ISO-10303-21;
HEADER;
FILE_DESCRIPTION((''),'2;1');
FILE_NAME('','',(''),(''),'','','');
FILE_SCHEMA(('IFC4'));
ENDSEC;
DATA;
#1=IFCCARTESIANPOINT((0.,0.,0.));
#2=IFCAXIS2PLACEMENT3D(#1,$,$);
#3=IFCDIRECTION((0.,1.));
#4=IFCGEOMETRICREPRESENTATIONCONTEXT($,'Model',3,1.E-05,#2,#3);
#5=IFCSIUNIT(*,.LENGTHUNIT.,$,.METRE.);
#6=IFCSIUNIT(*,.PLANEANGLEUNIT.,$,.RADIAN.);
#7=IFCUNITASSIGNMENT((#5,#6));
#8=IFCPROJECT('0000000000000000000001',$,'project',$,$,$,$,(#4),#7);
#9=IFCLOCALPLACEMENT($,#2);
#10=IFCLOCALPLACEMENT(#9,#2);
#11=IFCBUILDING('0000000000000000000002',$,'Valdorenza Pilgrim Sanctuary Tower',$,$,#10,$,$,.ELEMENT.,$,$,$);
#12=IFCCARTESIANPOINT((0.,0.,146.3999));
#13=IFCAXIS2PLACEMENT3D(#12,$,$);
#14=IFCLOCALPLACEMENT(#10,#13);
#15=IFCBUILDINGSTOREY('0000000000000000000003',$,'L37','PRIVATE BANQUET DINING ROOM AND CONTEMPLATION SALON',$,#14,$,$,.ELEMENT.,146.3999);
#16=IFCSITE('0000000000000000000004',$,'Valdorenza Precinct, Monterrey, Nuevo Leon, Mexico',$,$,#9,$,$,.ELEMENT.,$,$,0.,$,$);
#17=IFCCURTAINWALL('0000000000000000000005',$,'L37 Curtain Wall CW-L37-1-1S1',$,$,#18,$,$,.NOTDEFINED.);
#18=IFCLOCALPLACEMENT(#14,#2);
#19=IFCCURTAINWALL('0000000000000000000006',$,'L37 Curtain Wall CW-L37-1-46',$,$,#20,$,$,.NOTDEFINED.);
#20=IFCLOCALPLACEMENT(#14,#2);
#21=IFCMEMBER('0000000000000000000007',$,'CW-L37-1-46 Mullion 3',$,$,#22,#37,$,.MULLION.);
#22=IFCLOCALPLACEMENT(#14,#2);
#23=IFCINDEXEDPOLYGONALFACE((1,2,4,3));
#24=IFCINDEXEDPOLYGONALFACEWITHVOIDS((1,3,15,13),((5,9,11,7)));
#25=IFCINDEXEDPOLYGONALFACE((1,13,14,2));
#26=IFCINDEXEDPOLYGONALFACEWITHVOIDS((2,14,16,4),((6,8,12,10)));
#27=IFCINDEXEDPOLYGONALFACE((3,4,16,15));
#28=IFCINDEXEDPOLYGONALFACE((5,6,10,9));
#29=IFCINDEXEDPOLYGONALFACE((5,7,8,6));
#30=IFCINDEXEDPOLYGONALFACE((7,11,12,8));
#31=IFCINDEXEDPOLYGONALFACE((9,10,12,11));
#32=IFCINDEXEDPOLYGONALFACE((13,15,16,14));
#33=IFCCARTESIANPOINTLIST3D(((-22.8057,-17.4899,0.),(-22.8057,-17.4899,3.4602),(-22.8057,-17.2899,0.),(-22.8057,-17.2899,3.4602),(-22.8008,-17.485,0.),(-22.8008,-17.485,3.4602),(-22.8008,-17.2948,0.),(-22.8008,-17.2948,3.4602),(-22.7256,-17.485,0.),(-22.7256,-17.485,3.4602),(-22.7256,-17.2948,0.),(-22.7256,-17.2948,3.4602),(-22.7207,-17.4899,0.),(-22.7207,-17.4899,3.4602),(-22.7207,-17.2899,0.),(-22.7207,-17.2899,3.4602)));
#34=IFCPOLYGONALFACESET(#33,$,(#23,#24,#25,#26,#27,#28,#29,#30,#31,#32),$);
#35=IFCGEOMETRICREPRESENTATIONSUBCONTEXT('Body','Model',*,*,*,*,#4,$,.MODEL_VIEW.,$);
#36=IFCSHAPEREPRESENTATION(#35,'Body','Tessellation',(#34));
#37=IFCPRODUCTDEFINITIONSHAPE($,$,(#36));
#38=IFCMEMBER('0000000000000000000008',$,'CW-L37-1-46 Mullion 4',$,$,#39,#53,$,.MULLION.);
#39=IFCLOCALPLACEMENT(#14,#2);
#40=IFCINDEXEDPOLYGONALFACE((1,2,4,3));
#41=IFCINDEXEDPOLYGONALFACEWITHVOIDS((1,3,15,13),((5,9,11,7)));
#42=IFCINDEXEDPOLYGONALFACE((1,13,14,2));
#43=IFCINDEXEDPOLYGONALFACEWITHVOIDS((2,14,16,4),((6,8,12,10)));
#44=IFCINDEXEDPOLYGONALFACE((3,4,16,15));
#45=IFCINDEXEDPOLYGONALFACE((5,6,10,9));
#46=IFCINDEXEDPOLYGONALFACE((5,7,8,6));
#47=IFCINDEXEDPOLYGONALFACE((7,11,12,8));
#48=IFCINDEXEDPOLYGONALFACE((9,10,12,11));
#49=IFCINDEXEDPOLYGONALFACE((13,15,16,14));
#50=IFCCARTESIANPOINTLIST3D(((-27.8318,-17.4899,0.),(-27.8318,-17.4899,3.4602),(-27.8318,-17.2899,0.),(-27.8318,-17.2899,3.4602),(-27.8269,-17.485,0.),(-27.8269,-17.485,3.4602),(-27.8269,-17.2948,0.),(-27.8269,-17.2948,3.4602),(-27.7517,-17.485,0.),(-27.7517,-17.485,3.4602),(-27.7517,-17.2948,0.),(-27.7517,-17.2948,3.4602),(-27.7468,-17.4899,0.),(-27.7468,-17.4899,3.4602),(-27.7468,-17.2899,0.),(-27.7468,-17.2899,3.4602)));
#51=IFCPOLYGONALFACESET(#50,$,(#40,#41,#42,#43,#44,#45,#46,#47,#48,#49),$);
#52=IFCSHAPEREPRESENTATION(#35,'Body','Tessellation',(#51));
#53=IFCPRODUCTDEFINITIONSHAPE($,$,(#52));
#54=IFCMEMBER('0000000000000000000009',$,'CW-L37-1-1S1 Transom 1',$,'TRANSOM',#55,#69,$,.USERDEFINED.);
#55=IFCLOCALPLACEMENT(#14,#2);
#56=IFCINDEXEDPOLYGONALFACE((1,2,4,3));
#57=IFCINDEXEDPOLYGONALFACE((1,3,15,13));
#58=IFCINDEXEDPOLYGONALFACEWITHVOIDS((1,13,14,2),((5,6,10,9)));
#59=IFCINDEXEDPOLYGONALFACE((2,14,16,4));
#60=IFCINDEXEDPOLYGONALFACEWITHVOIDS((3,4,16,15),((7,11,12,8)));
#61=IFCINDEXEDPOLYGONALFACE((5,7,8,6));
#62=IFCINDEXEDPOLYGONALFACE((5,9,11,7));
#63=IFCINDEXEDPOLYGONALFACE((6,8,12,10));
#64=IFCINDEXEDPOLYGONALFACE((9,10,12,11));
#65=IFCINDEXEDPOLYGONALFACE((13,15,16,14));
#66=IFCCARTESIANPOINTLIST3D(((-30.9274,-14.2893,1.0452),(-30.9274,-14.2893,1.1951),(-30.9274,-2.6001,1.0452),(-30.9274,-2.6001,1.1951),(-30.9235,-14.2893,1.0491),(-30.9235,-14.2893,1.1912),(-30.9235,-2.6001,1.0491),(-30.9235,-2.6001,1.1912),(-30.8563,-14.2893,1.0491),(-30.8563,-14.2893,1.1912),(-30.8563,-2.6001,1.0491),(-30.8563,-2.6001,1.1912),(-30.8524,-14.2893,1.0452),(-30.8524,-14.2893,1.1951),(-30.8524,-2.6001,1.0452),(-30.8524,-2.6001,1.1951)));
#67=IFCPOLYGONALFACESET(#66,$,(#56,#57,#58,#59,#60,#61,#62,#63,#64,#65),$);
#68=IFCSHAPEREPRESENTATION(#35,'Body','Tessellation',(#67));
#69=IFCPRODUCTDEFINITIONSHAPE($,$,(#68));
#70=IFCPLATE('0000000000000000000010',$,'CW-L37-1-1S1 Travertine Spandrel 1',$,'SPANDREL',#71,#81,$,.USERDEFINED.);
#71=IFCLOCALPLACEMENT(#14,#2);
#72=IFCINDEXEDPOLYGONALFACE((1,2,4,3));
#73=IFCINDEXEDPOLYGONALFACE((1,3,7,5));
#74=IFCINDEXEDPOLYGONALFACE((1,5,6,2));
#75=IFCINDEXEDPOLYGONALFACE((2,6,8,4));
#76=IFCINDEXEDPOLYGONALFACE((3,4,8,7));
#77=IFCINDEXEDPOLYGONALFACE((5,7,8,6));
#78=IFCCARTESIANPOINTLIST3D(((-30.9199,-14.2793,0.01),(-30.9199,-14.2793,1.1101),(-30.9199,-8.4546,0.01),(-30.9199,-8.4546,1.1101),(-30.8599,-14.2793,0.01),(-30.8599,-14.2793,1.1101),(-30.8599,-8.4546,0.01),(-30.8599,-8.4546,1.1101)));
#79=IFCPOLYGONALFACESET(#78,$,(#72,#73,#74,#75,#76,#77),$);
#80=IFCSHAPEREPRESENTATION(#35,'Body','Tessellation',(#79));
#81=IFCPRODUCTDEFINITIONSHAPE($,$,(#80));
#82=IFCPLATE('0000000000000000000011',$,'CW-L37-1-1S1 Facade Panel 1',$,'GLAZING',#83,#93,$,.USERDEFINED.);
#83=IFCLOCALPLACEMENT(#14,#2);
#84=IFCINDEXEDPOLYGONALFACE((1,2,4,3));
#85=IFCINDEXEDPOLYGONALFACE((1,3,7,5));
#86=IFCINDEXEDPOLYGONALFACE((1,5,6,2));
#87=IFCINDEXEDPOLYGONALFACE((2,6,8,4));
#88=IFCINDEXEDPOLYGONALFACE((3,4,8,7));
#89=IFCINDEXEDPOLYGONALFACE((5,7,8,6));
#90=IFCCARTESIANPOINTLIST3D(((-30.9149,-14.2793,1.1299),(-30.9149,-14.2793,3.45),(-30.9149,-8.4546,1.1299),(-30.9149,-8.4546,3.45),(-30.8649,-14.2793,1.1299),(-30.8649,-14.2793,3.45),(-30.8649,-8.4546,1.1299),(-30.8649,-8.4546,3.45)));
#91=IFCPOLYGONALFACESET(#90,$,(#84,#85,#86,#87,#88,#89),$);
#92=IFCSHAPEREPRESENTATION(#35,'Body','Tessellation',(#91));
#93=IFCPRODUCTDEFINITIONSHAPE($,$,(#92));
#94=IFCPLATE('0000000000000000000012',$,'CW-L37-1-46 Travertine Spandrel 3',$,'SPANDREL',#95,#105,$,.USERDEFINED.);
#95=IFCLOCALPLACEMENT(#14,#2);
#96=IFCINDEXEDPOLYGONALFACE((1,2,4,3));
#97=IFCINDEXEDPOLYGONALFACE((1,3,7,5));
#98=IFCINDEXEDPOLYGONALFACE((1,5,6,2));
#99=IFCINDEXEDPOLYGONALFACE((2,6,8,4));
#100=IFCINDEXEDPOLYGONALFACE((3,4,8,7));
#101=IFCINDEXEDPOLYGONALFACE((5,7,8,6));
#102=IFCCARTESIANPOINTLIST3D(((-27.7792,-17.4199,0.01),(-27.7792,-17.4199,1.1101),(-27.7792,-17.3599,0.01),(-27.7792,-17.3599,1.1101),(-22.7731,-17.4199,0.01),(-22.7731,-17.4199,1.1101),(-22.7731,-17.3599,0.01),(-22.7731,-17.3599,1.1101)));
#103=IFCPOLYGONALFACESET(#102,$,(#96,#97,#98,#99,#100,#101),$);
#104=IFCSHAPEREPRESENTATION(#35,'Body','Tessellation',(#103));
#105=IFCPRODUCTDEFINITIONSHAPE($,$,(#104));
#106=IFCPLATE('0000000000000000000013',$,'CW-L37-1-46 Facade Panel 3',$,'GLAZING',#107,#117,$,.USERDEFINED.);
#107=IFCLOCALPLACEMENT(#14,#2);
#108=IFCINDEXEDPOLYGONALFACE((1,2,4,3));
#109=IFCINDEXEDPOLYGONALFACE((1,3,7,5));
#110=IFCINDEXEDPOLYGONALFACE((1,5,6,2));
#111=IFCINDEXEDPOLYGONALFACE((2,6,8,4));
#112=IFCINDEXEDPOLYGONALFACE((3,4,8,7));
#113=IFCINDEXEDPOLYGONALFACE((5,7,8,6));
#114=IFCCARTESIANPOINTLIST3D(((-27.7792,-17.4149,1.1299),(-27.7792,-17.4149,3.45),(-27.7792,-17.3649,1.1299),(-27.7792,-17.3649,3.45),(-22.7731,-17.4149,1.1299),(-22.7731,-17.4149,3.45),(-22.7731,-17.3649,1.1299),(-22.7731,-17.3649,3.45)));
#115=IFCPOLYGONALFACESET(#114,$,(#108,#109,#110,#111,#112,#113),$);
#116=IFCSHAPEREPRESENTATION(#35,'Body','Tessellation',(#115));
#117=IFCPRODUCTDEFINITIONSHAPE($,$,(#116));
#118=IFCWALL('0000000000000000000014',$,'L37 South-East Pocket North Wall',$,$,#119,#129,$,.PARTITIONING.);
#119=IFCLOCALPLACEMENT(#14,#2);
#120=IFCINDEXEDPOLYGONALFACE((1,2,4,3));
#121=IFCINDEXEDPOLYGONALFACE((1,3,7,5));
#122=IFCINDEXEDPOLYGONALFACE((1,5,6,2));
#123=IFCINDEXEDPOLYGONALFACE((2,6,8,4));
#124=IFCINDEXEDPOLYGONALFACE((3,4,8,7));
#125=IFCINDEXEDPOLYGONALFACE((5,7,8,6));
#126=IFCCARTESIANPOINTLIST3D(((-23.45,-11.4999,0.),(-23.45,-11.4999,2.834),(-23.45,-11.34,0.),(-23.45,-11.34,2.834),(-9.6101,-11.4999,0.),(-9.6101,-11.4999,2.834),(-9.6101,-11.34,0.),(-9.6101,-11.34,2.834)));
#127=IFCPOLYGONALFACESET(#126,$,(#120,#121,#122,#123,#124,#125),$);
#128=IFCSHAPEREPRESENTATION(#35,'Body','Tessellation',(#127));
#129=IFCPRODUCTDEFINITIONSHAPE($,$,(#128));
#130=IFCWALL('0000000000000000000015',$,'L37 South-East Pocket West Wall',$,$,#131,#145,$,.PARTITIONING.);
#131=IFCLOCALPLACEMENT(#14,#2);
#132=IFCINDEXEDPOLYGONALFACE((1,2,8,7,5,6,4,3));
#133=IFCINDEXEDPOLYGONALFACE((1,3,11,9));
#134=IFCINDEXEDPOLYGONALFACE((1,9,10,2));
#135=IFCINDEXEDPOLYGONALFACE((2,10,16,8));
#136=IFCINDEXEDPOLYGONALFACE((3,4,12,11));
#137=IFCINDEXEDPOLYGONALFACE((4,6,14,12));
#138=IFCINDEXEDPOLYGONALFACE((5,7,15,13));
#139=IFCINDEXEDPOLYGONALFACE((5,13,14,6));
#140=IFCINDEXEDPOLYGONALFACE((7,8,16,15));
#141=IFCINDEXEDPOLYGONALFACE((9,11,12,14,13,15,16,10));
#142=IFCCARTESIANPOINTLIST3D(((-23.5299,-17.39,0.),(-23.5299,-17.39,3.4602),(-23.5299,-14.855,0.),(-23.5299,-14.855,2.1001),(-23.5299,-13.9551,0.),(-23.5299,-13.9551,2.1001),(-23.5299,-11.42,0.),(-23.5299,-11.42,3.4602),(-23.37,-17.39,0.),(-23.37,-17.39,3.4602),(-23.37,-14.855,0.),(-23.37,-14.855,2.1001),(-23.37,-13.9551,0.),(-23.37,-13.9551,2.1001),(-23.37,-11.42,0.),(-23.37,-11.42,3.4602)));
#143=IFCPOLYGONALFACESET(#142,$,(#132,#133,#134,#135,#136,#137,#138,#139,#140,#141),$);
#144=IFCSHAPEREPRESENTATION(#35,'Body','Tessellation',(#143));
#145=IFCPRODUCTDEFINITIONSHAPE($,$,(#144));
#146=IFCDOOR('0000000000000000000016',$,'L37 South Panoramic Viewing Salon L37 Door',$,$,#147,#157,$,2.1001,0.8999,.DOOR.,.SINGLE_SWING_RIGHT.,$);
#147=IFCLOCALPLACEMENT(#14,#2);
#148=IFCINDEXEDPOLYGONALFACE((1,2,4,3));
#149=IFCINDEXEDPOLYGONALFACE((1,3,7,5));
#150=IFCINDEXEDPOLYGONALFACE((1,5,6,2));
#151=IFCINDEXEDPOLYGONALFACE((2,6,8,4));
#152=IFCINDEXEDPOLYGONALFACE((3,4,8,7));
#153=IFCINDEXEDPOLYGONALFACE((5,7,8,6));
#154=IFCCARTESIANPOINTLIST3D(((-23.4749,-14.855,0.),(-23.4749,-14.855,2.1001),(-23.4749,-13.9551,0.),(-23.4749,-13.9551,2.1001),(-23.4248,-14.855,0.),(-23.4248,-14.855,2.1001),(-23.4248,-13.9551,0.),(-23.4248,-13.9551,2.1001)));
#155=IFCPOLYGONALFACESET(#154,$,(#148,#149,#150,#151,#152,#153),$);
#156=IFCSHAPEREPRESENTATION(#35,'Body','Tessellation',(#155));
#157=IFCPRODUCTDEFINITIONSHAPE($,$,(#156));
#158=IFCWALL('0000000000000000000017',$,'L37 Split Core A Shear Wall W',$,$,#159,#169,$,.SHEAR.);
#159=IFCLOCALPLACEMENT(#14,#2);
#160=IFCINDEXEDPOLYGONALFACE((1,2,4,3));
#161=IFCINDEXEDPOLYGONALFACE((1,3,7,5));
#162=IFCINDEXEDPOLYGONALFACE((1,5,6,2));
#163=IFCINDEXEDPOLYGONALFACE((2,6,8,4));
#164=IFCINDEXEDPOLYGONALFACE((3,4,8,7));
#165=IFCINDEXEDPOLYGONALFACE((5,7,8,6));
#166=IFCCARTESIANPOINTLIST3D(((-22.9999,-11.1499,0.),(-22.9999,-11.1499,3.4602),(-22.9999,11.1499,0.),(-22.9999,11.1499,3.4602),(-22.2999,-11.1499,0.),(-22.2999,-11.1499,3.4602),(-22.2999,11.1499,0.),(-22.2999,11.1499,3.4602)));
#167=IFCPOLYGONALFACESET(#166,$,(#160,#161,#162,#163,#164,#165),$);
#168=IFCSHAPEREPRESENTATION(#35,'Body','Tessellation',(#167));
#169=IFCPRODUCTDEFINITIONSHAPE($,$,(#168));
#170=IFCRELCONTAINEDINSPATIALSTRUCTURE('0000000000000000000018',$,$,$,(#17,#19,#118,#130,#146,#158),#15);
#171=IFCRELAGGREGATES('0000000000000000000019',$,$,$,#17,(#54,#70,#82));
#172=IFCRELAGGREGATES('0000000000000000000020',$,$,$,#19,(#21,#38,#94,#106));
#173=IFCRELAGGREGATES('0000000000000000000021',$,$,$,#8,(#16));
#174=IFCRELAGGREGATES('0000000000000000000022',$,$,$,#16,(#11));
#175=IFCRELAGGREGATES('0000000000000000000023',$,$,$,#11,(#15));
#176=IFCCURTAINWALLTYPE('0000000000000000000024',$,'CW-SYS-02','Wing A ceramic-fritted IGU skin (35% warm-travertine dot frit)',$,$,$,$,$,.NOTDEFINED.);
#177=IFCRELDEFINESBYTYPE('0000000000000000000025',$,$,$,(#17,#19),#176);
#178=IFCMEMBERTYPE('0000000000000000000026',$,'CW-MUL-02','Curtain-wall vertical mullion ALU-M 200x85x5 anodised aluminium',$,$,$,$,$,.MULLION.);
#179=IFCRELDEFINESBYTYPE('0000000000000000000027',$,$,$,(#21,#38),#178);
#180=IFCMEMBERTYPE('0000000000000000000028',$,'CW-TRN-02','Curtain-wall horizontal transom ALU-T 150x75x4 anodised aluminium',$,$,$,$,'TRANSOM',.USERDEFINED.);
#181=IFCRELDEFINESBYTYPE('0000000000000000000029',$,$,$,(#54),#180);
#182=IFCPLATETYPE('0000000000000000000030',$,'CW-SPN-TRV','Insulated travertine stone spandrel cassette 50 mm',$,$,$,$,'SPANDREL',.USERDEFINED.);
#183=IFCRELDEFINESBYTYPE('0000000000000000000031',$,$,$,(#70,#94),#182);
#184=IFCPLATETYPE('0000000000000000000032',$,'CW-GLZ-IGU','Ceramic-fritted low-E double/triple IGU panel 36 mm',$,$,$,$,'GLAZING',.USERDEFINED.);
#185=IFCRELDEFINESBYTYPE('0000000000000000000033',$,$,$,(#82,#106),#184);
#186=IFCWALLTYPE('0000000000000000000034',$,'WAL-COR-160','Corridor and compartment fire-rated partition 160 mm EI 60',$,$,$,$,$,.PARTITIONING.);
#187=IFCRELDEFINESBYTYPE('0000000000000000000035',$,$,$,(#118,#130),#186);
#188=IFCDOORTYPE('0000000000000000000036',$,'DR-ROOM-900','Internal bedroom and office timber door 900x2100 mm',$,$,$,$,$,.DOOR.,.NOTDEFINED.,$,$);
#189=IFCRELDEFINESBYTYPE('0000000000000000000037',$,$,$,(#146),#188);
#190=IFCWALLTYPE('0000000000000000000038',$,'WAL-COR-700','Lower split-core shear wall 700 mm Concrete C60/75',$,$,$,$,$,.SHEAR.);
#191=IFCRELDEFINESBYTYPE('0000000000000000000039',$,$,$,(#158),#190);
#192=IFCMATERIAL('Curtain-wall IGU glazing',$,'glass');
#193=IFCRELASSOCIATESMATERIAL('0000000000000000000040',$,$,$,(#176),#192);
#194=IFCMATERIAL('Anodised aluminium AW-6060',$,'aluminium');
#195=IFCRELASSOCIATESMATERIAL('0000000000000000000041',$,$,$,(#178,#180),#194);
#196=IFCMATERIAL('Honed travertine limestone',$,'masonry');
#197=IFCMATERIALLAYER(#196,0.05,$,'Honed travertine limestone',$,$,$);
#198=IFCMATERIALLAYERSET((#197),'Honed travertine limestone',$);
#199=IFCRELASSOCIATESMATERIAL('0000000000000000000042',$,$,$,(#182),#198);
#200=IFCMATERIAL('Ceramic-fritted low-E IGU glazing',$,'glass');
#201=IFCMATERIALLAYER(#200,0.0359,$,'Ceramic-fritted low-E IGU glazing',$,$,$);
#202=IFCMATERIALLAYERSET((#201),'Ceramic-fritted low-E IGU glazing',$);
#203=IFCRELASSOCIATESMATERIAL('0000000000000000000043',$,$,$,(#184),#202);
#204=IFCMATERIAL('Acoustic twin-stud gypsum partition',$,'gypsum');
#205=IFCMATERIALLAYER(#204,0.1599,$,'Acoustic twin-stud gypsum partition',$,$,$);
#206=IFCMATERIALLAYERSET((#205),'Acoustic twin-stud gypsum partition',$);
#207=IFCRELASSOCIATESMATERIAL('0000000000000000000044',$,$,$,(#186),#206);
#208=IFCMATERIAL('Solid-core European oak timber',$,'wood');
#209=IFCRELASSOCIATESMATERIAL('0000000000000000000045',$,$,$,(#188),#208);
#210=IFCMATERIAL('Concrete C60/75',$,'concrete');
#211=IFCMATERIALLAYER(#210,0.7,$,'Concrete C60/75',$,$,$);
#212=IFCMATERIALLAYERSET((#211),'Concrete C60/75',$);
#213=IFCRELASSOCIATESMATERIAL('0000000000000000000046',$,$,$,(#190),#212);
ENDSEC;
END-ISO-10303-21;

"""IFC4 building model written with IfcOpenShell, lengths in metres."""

from ifc_helpers import new_model, si_unit, direction, frame, frame_2d, origin, origin_2d, place, context, subcontext, project, spatial, rectangle, hollow_rectangle, extrude, source, transform, mapped, material, layer, layer_set, material_profile, profile_set, type_object, element, fill, aggregate, save


model = new_model("IFC4")

# Units and contexts
model_context = context("Model", 3, precision=1e-05, world=origin(), true_north=direction((0.0, 1.0)))
body_context = subcontext(model_context, "Body", "Model", "MODEL_VIEW")
ifc_project = project(units=[si_unit("LENGTHUNIT", "METRE"), si_unit("PLANEANGLEUNIT", "RADIAN")], contexts=[model_context])

# Site, building, storey
site_placement = place(None, origin())
site = spatial("IfcSite", under=ifc_project, at=site_placement, Name="Valdorenza Precinct, Monterrey, Nuevo Leon, Mexico", CompositionType="ELEMENT", RefElevation=0.0)
building_placement = place(site_placement, origin())
building = spatial("IfcBuilding", under=site, at=building_placement, Name="Valdorenza Pilgrim Sanctuary Tower", CompositionType="ELEMENT")
storey_placement = place(building_placement, frame((0.0, 0.0, 146.3999)))
storey = spatial("IfcBuildingStorey", under=building, at=storey_placement, Name="L37", Description="PRIVATE BANQUET DINING ROOM AND CONTEMPLATION SALON", CompositionType="ELEMENT", Elevation=146.3999)

# Shared definitions
ifc_material_1 = material(Name="Concrete C60/75", Category="concrete")

# Curtain wall
ifc_material_2 = material(Name="Curtain-wall IGU glazing", Category="glass")
curtain_wall_type = type_object("IfcCurtainWallType", Name="CW-SYS-02", Description="Wing A ceramic-fritted IGU skin (35% warm-travertine dot frit)", PredefinedType="NOTDEFINED", material=ifc_material_2)
curtain_wall_1_placement = place(storey_placement, origin())
curtain_wall_1 = element("IfcCurtainWall", 1, at=curtain_wall_1_placement, inside=storey, type_object=curtain_wall_type, Name="L37 Curtain Wall CW-L37-1-1S1", PredefinedType="NOTDEFINED")
ifc_material_3 = material(Name="Anodised aluminium AW-6060", Category="aluminium")
ifc_material_profile_1 = material_profile(ifc_material_3, hollow_rectangle(XDim=0.085, YDim=0.2, WallThickness=0.0049, at=origin_2d()), Name="ALU-M 200x85x5")
ifc_profile_set_1 = profile_set([ifc_material_profile_1], Name="Anodised aluminium AW-6060")
member_type_1 = type_object("IfcMemberType", Name="CW-MUL-02", Description="Curtain-wall vertical mullion ALU-M 200x85x5 anodised aluminium", PredefinedType="MULLION", material=ifc_profile_set_1)
shared_shape_1 = source(origin(), body_context, "Body", "SweptSolid", [
    extrude(hollow_rectangle(XDim=0.085, YDim=0.2, WallThickness=0.0049, at=origin_2d()), origin(), (0.0, 0.0, 1.0), 3.4602),
])

# Curtain wall, members
curtain_wall_2_placement = place(storey_placement, origin())
curtain_wall_2 = element("IfcCurtainWall", 2, at=curtain_wall_2_placement, inside=storey, type_object=curtain_wall_type, Name="L37 Curtain Wall CW-L37-1-46", PredefinedType="NOTDEFINED")
member_1_placement = place(storey_placement, frame((-22.7632, -17.3899, 0.0), z_axis=(0.0, 0.0, 1.0), x_axis=(-1.0, 0.0, 0.0)))
member_1 = element("IfcMember", 3, at=member_1_placement, type_object=member_type_1, Name="CW-L37-1-46 Mullion 3", PredefinedType="MULLION", context=body_context, shape_type="MappedRepresentation", body=[
    mapped(shared_shape_1, transform((0.0, 0.0, 0.0), x_axis=(1.0, 0.0, 0.0), y_axis=(0.0, 1.0, 0.0), z_axis=(0.0, 0.0, 1.0), scale=1.0)),
])
member_2_placement = place(storey_placement, frame((-27.7893, -17.3899, 0.0), z_axis=(0.0, 0.0, 1.0), x_axis=(-1.0, 0.0, 0.0)))
member_2 = element("IfcMember", 4, at=member_2_placement, type_object=member_type_1, Name="CW-L37-1-46 Mullion 4", PredefinedType="MULLION", context=body_context, shape_type="MappedRepresentation", body=[
    mapped(shared_shape_1, transform((0.0, 0.0, 0.0), x_axis=(1.0, 0.0, 0.0), y_axis=(0.0, 1.0, 0.0), z_axis=(0.0, 0.0, 1.0), scale=1.0)),
])

# Member
ifc_material_profile_2 = material_profile(ifc_material_3, hollow_rectangle(XDim=0.075, YDim=0.1499, WallThickness=0.0039, at=origin_2d()), Name="ALU-T 150x75x4")
ifc_profile_set_2 = profile_set([ifc_material_profile_2], Name="Anodised aluminium AW-6060")
member_type_2 = type_object("IfcMemberType", Name="CW-TRN-02", Description="Curtain-wall horizontal transom ALU-T 150x75x4 anodised aluminium", ElementType="TRANSOM", PredefinedType="USERDEFINED", material=ifc_profile_set_2)
shared_shape_2 = source(origin(), body_context, "Body", "SweptSolid", [
    extrude(hollow_rectangle(XDim=0.075, YDim=0.1499, WallThickness=0.0039, at=origin_2d()), origin(), (0.0, 0.0, 1.0), 11.6892),
])
member_3_placement = place(storey_placement, frame((-30.8899, -14.2893, 1.1201), z_axis=(0.0, 1.0, 0.0), x_axis=(-1.0, 0.0, 0.0)))
member_3 = element("IfcMember", 5, at=member_3_placement, type_object=member_type_2, Name="CW-L37-1-1S1 Transom 1", ObjectType="TRANSOM", PredefinedType="USERDEFINED", context=body_context, shape_type="MappedRepresentation", body=[
    mapped(shared_shape_2, transform((0.0, 0.0, 0.0), x_axis=(1.0, 0.0, 0.0), y_axis=(0.0, 1.0, 0.0), z_axis=(0.0, 0.0, 1.0), scale=1.0)),
])

# Plates
ifc_material_4 = material(Name="Honed travertine limestone", Category="masonry")
ifc_layer_1 = layer(ifc_material_4, 0.05, Name="Honed travertine limestone")
ifc_layer_set_1 = layer_set([ifc_layer_1], Name="Honed travertine limestone")
plate_type_1 = type_object("IfcPlateType", Name="CW-SPN-TRV", Description="Insulated travertine stone spandrel cassette 50 mm", ElementType="SPANDREL", PredefinedType="USERDEFINED", material=ifc_layer_set_1)
shared_shape_3 = source(origin(), body_context, "Body", "SweptSolid", [
    extrude(rectangle(XDim=5.8247, YDim=0.0601, at=origin_2d()), origin(), (0.0, 0.0, 1.0), 1.1001),
])
plate_1_placement = place(storey_placement, frame((-30.8899, -11.3669, 0.01), z_axis=(0.0, 0.0, 1.0), x_axis=(0.0, 1.0, 0.0)))
plate_1 = element("IfcPlate", 6, at=plate_1_placement, type_object=plate_type_1, Name="CW-L37-1-1S1 Travertine Spandrel 1", ObjectType="SPANDREL", PredefinedType="USERDEFINED", context=body_context, shape_type="MappedRepresentation", body=[
    mapped(shared_shape_3, transform((0.0, 0.0, 0.0), x_axis=(1.0, 0.0, 0.0), y_axis=(0.0, 1.0, 0.0), z_axis=(0.0, 0.0, 1.0), scale=1.0)),
])
ifc_material_5 = material(Name="Ceramic-fritted low-E IGU glazing", Category="glass")
ifc_layer_2 = layer(ifc_material_5, 0.0359, Name="Ceramic-fritted low-E IGU glazing")
ifc_layer_set_2 = layer_set([ifc_layer_2], Name="Ceramic-fritted low-E IGU glazing")
plate_type_2 = type_object("IfcPlateType", Name="CW-GLZ-IGU", Description="Ceramic-fritted low-E double/triple IGU panel 36 mm", ElementType="GLAZING", PredefinedType="USERDEFINED", material=ifc_layer_set_2)
shared_shape_4 = source(origin(), body_context, "Body", "SweptSolid", [
    extrude(rectangle(XDim=5.8247, YDim=0.05, at=origin_2d()), origin(), (0.0, 0.0, 1.0), 2.3201),
])
plate_2_placement = place(storey_placement, frame((-30.8899, -11.3669, 1.1299), z_axis=(0.0, 0.0, 1.0), x_axis=(0.0, 1.0, 0.0)))
plate_2 = element("IfcPlate", 7, at=plate_2_placement, type_object=plate_type_2, Name="CW-L37-1-1S1 Facade Panel 1", ObjectType="GLAZING", PredefinedType="USERDEFINED", context=body_context, shape_type="MappedRepresentation", body=[
    mapped(shared_shape_4, transform((0.0, 0.0, 0.0), x_axis=(1.0, 0.0, 0.0), y_axis=(0.0, 1.0, 0.0), z_axis=(0.0, 0.0, 1.0), scale=1.0)),
])
aggregate(curtain_wall_1, [member_3, plate_1, plate_2])
shared_shape_5 = source(origin(), body_context, "Body", "SweptSolid", [
    extrude(rectangle(XDim=5.0061, YDim=0.0601, at=origin_2d()), origin(), (0.0, 0.0, 1.0), 1.1001),
])
plate_3_placement = place(storey_placement, frame((-25.2761, -17.3899, 0.01), z_axis=(0.0, 0.0, 1.0), x_axis=(-1.0, 0.0, 0.0)))
plate_3 = element("IfcPlate", 8, at=plate_3_placement, type_object=plate_type_1, Name="CW-L37-1-46 Travertine Spandrel 3", ObjectType="SPANDREL", PredefinedType="USERDEFINED", context=body_context, shape_type="MappedRepresentation", body=[
    mapped(shared_shape_5, transform((0.0, 0.0, 0.0), x_axis=(1.0, 0.0, 0.0), y_axis=(0.0, 1.0, 0.0), z_axis=(0.0, 0.0, 1.0), scale=1.0)),
])
shared_shape_6 = source(origin(), body_context, "Body", "SweptSolid", [
    extrude(rectangle(XDim=5.0061, YDim=0.05, at=origin_2d()), origin(), (0.0, 0.0, 1.0), 2.3201),
])
plate_4_placement = place(storey_placement, frame((-25.2761, -17.3899, 1.1299), z_axis=(0.0, 0.0, 1.0), x_axis=(-1.0, 0.0, 0.0)))
plate_4 = element("IfcPlate", 9, at=plate_4_placement, type_object=plate_type_2, Name="CW-L37-1-46 Facade Panel 3", ObjectType="GLAZING", PredefinedType="USERDEFINED", context=body_context, shape_type="MappedRepresentation", body=[
    mapped(shared_shape_6, transform((0.0, 0.0, 0.0), x_axis=(1.0, 0.0, 0.0), y_axis=(0.0, 1.0, 0.0), z_axis=(0.0, 0.0, 1.0), scale=1.0)),
])
aggregate(curtain_wall_2, [member_1, member_2, plate_3, plate_4])

# Wall
ifc_material_6 = material(Name="Acoustic twin-stud gypsum partition", Category="gypsum")
ifc_layer_3 = layer(ifc_material_6, 0.1599, Name="Acoustic twin-stud gypsum partition")
ifc_layer_set_3 = layer_set([ifc_layer_3], Name="Acoustic twin-stud gypsum partition")
wall_type_1 = type_object("IfcWallType", Name="WAL-COR-160", Description="Corridor and compartment fire-rated partition 160 mm EI 60", PredefinedType="PARTITIONING", material=ifc_layer_set_3)
wall_1_placement = place(storey_placement, frame((-23.45, -11.4199, 0.0), z_axis=(0.0, 0.0, 1.0), x_axis=(1.0, 0.0, 0.0)))
element("IfcWall", 10, at=wall_1_placement, inside=storey, type_object=wall_type_1, Name="L37 South-East Pocket North Wall", PredefinedType="PARTITIONING", context=body_context, shape_type="SweptSolid", body=[
    extrude(rectangle(XDim=13.8398, YDim=0.1599, at=frame_2d((6.9199, 0.0))), origin(), (0.0, 0.0, 1.0), 2.834),
])

# Wall, opening, door
wall_2_placement = place(storey_placement, frame((-23.45, -17.3899, 0.0), z_axis=(0.0, 0.0, 1.0), x_axis=(0.0, 1.0, 0.0)))
wall_2 = element("IfcWall", 11, at=wall_2_placement, inside=storey, type_object=wall_type_1, Name="L37 South-East Pocket West Wall", PredefinedType="PARTITIONING", context=body_context, shape_type="SweptSolid", body=[
    extrude(rectangle(XDim=5.97, YDim=0.1599, at=frame_2d((2.9849, 0.0))), origin(), (0.0, 0.0, 1.0), 3.4602),
])
opening_placement = place(wall_2_placement, frame((2.5349, 0.0, 0.0)))
opening = element("IfcOpeningElement", 12, at=opening_placement, cuts=wall_2, PredefinedType="OPENING", context=body_context, shape_type="SweptSolid", body=[
    extrude(rectangle(XDim=0.8999, YDim=2.1001, at=frame_2d((0.45, 1.05))), frame((0.0, 0.0947, 0.0), z_axis=(0.0, -1.0, 0.0), x_axis=(1.0, 0.0, 0.0)), (0.0, 0.0, 1.0), 0.1897),
])
ifc_material_7 = material(Name="Solid-core European oak timber", Category="wood")
door_type = type_object("IfcDoorType", Name="DR-ROOM-900", Description="Internal bedroom and office timber door 900x2100 mm", OperationType="NOTDEFINED", PredefinedType="DOOR", material=ifc_material_7)
door_placement = place(opening_placement, origin())
door = element("IfcDoor", 13, at=door_placement, inside=storey, type_object=door_type, Name="L37 South Panoramic Viewing Salon L37 Door", OperationType="SINGLE_SWING_RIGHT", OverallHeight=2.1001, OverallWidth=0.8999, PredefinedType="DOOR", context=body_context, shape_type="SweptSolid", body=[
    extrude(rectangle(XDim=0.8999, YDim=2.1001, at=frame_2d((0.45, 1.05))), frame((0.0, 0.0249, 0.0), z_axis=(0.0, -1.0, 0.0), x_axis=(1.0, 0.0, 0.0)), (0.0, 0.0, 1.0), 0.05),
])
fill(opening, door)

# Wall
ifc_layer_4 = layer(ifc_material_1, 0.7, Name="Concrete C60/75")
ifc_layer_set_4 = layer_set([ifc_layer_4], Name="Concrete C60/75")
wall_type_2 = type_object("IfcWallType", Name="WAL-COR-700", Description="Lower split-core shear wall 700 mm Concrete C60/75", PredefinedType="SHEAR", material=ifc_layer_set_4)
wall_3_placement = place(storey_placement, frame((-22.6499, -11.1499, 0.0), z_axis=(0.0, 0.0, 1.0), x_axis=(0.0, 1.0, 0.0)))
element("IfcWall", 14, at=wall_3_placement, inside=storey, type_object=wall_type_2, Name="L37 Split Core A Shear Wall W", PredefinedType="SHEAR", context=body_context, shape_type="SweptSolid", body=[
    extrude(rectangle(XDim=22.2998, YDim=0.7, at=frame_2d((11.1499, 0.0))), origin(), (0.0, 0.0, 1.0), 3.4602),
])

save(model, "model.ifc")
